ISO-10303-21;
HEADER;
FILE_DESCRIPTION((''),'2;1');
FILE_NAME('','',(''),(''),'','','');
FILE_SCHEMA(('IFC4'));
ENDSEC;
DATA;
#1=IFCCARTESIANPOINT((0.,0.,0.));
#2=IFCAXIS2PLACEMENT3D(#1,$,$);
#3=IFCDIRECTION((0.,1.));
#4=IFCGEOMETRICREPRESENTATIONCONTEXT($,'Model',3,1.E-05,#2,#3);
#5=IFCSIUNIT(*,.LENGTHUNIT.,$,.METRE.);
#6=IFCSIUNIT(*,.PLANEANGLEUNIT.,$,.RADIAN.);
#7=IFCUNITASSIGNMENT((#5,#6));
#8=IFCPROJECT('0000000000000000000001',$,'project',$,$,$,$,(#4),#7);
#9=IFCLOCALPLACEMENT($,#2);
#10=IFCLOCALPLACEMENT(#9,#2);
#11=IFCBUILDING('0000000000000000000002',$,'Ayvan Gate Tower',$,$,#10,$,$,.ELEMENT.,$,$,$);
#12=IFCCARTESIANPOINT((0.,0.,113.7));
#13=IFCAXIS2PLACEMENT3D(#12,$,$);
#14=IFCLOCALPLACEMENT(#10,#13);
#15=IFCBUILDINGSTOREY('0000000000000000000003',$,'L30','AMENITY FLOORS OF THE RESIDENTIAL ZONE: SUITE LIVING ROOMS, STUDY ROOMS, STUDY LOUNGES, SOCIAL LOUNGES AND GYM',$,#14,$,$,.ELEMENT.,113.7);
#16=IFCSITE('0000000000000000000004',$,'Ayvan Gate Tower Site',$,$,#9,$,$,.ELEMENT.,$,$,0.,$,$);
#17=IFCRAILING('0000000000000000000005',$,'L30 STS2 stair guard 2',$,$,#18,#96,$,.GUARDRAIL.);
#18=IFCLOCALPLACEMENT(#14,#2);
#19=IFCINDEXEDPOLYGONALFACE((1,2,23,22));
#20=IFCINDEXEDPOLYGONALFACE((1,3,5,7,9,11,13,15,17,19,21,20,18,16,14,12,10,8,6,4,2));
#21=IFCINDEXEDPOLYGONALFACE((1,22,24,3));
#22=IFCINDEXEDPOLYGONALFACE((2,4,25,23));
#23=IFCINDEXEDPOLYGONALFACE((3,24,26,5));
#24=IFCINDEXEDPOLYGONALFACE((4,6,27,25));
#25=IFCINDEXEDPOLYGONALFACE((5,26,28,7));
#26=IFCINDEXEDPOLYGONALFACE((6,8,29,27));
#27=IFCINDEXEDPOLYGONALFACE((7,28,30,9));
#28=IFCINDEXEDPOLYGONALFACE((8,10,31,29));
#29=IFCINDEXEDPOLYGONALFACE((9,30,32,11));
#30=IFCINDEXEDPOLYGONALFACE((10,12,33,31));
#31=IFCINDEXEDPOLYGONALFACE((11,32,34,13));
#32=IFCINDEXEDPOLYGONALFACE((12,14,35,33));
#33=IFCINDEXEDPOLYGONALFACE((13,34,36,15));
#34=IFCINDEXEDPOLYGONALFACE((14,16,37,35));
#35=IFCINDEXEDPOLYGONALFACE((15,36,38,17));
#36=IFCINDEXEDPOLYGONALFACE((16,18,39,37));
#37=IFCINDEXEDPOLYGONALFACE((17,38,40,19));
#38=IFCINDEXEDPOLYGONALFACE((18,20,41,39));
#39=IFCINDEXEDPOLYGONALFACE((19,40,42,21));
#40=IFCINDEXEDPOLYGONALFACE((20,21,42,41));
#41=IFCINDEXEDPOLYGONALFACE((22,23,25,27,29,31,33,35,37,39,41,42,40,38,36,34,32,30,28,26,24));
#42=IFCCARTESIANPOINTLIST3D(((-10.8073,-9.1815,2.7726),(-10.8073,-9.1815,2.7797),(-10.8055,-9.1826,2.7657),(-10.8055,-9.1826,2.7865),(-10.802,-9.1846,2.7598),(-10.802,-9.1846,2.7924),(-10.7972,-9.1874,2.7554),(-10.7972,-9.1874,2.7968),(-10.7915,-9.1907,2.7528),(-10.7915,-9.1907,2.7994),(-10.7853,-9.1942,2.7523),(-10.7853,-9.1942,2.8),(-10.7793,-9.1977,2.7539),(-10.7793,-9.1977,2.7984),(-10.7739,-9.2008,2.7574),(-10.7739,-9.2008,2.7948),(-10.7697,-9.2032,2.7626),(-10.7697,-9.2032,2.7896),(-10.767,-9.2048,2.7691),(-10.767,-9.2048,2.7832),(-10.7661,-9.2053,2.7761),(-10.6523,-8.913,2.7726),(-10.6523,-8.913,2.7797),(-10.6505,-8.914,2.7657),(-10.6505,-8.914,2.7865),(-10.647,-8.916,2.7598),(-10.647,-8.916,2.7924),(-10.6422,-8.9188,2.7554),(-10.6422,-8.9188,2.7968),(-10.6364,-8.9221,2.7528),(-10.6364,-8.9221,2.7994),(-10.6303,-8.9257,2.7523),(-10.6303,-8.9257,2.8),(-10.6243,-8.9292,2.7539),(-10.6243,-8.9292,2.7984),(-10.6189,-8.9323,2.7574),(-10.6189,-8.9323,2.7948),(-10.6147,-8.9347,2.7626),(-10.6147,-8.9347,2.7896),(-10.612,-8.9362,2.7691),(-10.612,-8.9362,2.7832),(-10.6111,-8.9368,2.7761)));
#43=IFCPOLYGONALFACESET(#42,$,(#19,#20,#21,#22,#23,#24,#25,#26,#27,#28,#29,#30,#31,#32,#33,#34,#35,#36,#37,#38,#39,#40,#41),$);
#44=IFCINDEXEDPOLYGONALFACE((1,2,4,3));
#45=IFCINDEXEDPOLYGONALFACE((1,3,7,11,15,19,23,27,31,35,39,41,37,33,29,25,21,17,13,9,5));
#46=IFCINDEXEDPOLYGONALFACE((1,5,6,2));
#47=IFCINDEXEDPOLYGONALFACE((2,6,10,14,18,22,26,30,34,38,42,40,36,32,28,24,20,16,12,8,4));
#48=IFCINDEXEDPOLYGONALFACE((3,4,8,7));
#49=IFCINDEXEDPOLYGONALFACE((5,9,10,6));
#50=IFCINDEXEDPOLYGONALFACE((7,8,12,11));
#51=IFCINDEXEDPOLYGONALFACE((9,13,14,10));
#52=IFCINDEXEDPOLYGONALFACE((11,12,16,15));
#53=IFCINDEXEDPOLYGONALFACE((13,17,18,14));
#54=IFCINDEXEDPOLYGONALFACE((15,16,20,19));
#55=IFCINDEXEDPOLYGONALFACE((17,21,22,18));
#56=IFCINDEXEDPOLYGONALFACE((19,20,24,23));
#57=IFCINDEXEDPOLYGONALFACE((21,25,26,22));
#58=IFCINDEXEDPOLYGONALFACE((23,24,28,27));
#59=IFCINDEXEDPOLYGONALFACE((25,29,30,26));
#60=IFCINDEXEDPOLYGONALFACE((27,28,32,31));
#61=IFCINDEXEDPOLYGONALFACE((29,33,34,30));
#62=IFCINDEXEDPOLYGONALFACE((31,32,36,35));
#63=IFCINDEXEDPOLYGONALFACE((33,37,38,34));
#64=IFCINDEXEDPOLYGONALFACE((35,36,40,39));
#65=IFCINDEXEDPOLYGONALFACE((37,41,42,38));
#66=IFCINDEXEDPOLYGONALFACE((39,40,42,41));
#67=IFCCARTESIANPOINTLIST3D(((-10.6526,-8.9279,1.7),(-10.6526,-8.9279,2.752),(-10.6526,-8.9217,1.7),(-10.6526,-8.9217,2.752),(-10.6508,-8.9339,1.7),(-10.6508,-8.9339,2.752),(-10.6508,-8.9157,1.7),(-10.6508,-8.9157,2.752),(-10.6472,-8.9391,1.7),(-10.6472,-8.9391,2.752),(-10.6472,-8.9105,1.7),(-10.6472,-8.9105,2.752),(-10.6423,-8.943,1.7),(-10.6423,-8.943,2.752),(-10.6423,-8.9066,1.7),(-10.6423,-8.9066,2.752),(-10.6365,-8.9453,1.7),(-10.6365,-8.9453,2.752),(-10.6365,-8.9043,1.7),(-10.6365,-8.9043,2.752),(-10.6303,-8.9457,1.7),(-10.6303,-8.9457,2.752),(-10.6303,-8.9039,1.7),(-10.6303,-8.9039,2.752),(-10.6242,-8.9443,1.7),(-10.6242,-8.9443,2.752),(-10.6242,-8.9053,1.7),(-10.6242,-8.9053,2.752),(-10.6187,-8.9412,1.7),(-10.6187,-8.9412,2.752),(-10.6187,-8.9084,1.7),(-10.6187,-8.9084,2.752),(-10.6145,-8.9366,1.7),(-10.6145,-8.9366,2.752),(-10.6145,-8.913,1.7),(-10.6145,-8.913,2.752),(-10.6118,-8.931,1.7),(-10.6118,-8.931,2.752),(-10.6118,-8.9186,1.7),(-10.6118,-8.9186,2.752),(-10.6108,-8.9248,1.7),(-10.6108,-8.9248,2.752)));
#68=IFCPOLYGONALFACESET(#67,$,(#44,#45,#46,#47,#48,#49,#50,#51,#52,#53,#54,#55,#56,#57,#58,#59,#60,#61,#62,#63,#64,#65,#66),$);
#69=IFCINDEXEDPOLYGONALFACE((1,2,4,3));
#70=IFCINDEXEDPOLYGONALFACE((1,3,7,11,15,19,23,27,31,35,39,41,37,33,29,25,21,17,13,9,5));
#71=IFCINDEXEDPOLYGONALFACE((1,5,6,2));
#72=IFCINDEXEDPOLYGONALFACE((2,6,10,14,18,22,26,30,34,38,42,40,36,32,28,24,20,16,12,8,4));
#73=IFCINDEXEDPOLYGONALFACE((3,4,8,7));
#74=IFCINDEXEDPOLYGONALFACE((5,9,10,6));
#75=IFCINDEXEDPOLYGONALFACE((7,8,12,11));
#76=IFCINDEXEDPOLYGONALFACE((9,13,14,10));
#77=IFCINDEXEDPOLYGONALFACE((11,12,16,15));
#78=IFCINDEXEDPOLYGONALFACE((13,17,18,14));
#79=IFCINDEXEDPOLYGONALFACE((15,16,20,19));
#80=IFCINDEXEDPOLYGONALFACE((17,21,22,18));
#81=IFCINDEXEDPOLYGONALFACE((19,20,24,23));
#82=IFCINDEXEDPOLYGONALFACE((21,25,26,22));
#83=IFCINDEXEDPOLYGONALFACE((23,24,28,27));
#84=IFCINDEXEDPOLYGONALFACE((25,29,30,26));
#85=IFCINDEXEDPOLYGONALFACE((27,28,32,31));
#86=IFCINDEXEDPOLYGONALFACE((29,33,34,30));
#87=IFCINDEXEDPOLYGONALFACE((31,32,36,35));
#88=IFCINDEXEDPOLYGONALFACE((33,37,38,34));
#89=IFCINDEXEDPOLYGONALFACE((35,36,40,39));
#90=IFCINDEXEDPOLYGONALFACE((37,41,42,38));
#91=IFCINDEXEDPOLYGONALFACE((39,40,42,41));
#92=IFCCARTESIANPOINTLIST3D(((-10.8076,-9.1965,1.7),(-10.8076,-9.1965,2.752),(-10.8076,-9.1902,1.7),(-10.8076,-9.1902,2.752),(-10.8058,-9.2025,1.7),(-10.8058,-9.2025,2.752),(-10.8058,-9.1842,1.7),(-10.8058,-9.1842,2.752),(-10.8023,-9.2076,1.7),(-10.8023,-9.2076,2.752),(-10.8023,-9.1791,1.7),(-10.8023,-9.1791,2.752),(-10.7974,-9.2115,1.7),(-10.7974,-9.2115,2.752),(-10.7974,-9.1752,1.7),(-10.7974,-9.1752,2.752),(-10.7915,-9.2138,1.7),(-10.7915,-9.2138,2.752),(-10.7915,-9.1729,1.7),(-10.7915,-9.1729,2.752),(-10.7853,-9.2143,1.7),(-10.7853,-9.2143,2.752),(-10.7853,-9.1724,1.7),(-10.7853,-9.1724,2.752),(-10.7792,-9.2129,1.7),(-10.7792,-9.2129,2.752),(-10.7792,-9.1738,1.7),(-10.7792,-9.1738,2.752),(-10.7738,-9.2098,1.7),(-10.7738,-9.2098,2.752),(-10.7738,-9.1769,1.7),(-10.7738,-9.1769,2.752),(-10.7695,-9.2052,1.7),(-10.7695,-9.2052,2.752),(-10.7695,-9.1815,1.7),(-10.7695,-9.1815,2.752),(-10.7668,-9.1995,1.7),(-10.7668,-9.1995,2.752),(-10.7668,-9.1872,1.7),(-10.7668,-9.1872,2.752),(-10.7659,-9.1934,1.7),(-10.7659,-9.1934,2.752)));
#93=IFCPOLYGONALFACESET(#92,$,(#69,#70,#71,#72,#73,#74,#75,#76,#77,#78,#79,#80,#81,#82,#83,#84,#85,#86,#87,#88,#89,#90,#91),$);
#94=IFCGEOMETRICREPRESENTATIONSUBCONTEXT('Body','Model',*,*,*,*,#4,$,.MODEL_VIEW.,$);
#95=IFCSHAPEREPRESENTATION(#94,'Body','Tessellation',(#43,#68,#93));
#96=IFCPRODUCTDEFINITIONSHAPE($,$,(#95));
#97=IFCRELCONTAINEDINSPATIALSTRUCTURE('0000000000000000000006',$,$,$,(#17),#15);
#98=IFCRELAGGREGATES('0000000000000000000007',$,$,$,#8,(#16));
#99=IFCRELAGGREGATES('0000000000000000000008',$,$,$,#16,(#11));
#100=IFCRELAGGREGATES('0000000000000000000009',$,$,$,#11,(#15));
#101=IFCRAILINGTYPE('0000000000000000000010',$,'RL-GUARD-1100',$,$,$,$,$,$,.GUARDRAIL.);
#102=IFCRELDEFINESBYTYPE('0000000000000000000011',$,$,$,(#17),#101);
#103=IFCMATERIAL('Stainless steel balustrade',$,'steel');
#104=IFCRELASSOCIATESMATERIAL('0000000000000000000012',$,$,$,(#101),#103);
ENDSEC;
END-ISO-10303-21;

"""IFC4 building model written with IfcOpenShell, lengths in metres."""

from ifc_helpers import new_model, si_unit, direction, frame, origin, origin_2d, place, context, subcontext, project, spatial, circle, extrude, material, type_object, element, save


model = new_model("IFC4")

# Units and contexts
model_context = context("Model", 3, precision=1e-05, world=origin(), true_north=direction((0.0, 1.0)))
body_context = subcontext(model_context, "Body", "Model", "MODEL_VIEW")
ifc_project = project(units=[si_unit("LENGTHUNIT", "METRE"), si_unit("PLANEANGLEUNIT", "RADIAN")], contexts=[model_context])

# Site, building, storey
site_placement = place(None, origin())
site = spatial("IfcSite", under=ifc_project, at=site_placement, Name="Ayvan Gate Tower Site", CompositionType="ELEMENT", RefElevation=0.0)
building_placement = place(site_placement, origin())
building = spatial("IfcBuilding", under=site, at=building_placement, Name="Ayvan Gate Tower", CompositionType="ELEMENT")
storey_placement = place(building_placement, frame((0.0, 0.0, 113.7)))
storey = spatial("IfcBuildingStorey", under=building, at=storey_placement, Name="L30", Description="AMENITY FLOORS OF THE RESIDENTIAL ZONE: SUITE LIVING ROOMS, STUDY ROOMS, STUDY LOUNGES, SOCIAL LOUNGES AND GYM", CompositionType="ELEMENT", Elevation=113.7)

# Railing
ifc_material_1 = material(Name="Stainless steel balustrade", Category="steel")
railing_type_1 = type_object("IfcRailingType", Name="RL-GUARD-1100", PredefinedType="GUARDRAIL", material=ifc_material_1)
railing_1_placement = place(storey_placement, frame((-10.6318, -8.9248, 1.7)))
element("IfcRailing", 1, at=railing_1_placement, inside=storey, type_object=railing_type_1, Name="L30 STS2 stair guard 2", PredefinedType="GUARDRAIL", context=body_context, shape_type="SweptSolid", body=[
    extrude(circle(Radius=0.0239, at=origin_2d()), frame((0.0, 0.0, 1.0762), z_axis=(-0.49995, -0.866054, 0.0), x_axis=(0.866054, -0.49995, 0.0)), (0.0, 0.0, 1.0), 0.3101),
    extrude(circle(Radius=0.021, at=origin_2d()), origin(), (0.0, 0.0, 1.0), 1.052),
    extrude(circle(Radius=0.021, at=origin_2d()), frame((-0.155, -0.2686, 0.0)), (0.0, 0.0, 1.0), 1.052),
])

save(model, "model.ifc")
